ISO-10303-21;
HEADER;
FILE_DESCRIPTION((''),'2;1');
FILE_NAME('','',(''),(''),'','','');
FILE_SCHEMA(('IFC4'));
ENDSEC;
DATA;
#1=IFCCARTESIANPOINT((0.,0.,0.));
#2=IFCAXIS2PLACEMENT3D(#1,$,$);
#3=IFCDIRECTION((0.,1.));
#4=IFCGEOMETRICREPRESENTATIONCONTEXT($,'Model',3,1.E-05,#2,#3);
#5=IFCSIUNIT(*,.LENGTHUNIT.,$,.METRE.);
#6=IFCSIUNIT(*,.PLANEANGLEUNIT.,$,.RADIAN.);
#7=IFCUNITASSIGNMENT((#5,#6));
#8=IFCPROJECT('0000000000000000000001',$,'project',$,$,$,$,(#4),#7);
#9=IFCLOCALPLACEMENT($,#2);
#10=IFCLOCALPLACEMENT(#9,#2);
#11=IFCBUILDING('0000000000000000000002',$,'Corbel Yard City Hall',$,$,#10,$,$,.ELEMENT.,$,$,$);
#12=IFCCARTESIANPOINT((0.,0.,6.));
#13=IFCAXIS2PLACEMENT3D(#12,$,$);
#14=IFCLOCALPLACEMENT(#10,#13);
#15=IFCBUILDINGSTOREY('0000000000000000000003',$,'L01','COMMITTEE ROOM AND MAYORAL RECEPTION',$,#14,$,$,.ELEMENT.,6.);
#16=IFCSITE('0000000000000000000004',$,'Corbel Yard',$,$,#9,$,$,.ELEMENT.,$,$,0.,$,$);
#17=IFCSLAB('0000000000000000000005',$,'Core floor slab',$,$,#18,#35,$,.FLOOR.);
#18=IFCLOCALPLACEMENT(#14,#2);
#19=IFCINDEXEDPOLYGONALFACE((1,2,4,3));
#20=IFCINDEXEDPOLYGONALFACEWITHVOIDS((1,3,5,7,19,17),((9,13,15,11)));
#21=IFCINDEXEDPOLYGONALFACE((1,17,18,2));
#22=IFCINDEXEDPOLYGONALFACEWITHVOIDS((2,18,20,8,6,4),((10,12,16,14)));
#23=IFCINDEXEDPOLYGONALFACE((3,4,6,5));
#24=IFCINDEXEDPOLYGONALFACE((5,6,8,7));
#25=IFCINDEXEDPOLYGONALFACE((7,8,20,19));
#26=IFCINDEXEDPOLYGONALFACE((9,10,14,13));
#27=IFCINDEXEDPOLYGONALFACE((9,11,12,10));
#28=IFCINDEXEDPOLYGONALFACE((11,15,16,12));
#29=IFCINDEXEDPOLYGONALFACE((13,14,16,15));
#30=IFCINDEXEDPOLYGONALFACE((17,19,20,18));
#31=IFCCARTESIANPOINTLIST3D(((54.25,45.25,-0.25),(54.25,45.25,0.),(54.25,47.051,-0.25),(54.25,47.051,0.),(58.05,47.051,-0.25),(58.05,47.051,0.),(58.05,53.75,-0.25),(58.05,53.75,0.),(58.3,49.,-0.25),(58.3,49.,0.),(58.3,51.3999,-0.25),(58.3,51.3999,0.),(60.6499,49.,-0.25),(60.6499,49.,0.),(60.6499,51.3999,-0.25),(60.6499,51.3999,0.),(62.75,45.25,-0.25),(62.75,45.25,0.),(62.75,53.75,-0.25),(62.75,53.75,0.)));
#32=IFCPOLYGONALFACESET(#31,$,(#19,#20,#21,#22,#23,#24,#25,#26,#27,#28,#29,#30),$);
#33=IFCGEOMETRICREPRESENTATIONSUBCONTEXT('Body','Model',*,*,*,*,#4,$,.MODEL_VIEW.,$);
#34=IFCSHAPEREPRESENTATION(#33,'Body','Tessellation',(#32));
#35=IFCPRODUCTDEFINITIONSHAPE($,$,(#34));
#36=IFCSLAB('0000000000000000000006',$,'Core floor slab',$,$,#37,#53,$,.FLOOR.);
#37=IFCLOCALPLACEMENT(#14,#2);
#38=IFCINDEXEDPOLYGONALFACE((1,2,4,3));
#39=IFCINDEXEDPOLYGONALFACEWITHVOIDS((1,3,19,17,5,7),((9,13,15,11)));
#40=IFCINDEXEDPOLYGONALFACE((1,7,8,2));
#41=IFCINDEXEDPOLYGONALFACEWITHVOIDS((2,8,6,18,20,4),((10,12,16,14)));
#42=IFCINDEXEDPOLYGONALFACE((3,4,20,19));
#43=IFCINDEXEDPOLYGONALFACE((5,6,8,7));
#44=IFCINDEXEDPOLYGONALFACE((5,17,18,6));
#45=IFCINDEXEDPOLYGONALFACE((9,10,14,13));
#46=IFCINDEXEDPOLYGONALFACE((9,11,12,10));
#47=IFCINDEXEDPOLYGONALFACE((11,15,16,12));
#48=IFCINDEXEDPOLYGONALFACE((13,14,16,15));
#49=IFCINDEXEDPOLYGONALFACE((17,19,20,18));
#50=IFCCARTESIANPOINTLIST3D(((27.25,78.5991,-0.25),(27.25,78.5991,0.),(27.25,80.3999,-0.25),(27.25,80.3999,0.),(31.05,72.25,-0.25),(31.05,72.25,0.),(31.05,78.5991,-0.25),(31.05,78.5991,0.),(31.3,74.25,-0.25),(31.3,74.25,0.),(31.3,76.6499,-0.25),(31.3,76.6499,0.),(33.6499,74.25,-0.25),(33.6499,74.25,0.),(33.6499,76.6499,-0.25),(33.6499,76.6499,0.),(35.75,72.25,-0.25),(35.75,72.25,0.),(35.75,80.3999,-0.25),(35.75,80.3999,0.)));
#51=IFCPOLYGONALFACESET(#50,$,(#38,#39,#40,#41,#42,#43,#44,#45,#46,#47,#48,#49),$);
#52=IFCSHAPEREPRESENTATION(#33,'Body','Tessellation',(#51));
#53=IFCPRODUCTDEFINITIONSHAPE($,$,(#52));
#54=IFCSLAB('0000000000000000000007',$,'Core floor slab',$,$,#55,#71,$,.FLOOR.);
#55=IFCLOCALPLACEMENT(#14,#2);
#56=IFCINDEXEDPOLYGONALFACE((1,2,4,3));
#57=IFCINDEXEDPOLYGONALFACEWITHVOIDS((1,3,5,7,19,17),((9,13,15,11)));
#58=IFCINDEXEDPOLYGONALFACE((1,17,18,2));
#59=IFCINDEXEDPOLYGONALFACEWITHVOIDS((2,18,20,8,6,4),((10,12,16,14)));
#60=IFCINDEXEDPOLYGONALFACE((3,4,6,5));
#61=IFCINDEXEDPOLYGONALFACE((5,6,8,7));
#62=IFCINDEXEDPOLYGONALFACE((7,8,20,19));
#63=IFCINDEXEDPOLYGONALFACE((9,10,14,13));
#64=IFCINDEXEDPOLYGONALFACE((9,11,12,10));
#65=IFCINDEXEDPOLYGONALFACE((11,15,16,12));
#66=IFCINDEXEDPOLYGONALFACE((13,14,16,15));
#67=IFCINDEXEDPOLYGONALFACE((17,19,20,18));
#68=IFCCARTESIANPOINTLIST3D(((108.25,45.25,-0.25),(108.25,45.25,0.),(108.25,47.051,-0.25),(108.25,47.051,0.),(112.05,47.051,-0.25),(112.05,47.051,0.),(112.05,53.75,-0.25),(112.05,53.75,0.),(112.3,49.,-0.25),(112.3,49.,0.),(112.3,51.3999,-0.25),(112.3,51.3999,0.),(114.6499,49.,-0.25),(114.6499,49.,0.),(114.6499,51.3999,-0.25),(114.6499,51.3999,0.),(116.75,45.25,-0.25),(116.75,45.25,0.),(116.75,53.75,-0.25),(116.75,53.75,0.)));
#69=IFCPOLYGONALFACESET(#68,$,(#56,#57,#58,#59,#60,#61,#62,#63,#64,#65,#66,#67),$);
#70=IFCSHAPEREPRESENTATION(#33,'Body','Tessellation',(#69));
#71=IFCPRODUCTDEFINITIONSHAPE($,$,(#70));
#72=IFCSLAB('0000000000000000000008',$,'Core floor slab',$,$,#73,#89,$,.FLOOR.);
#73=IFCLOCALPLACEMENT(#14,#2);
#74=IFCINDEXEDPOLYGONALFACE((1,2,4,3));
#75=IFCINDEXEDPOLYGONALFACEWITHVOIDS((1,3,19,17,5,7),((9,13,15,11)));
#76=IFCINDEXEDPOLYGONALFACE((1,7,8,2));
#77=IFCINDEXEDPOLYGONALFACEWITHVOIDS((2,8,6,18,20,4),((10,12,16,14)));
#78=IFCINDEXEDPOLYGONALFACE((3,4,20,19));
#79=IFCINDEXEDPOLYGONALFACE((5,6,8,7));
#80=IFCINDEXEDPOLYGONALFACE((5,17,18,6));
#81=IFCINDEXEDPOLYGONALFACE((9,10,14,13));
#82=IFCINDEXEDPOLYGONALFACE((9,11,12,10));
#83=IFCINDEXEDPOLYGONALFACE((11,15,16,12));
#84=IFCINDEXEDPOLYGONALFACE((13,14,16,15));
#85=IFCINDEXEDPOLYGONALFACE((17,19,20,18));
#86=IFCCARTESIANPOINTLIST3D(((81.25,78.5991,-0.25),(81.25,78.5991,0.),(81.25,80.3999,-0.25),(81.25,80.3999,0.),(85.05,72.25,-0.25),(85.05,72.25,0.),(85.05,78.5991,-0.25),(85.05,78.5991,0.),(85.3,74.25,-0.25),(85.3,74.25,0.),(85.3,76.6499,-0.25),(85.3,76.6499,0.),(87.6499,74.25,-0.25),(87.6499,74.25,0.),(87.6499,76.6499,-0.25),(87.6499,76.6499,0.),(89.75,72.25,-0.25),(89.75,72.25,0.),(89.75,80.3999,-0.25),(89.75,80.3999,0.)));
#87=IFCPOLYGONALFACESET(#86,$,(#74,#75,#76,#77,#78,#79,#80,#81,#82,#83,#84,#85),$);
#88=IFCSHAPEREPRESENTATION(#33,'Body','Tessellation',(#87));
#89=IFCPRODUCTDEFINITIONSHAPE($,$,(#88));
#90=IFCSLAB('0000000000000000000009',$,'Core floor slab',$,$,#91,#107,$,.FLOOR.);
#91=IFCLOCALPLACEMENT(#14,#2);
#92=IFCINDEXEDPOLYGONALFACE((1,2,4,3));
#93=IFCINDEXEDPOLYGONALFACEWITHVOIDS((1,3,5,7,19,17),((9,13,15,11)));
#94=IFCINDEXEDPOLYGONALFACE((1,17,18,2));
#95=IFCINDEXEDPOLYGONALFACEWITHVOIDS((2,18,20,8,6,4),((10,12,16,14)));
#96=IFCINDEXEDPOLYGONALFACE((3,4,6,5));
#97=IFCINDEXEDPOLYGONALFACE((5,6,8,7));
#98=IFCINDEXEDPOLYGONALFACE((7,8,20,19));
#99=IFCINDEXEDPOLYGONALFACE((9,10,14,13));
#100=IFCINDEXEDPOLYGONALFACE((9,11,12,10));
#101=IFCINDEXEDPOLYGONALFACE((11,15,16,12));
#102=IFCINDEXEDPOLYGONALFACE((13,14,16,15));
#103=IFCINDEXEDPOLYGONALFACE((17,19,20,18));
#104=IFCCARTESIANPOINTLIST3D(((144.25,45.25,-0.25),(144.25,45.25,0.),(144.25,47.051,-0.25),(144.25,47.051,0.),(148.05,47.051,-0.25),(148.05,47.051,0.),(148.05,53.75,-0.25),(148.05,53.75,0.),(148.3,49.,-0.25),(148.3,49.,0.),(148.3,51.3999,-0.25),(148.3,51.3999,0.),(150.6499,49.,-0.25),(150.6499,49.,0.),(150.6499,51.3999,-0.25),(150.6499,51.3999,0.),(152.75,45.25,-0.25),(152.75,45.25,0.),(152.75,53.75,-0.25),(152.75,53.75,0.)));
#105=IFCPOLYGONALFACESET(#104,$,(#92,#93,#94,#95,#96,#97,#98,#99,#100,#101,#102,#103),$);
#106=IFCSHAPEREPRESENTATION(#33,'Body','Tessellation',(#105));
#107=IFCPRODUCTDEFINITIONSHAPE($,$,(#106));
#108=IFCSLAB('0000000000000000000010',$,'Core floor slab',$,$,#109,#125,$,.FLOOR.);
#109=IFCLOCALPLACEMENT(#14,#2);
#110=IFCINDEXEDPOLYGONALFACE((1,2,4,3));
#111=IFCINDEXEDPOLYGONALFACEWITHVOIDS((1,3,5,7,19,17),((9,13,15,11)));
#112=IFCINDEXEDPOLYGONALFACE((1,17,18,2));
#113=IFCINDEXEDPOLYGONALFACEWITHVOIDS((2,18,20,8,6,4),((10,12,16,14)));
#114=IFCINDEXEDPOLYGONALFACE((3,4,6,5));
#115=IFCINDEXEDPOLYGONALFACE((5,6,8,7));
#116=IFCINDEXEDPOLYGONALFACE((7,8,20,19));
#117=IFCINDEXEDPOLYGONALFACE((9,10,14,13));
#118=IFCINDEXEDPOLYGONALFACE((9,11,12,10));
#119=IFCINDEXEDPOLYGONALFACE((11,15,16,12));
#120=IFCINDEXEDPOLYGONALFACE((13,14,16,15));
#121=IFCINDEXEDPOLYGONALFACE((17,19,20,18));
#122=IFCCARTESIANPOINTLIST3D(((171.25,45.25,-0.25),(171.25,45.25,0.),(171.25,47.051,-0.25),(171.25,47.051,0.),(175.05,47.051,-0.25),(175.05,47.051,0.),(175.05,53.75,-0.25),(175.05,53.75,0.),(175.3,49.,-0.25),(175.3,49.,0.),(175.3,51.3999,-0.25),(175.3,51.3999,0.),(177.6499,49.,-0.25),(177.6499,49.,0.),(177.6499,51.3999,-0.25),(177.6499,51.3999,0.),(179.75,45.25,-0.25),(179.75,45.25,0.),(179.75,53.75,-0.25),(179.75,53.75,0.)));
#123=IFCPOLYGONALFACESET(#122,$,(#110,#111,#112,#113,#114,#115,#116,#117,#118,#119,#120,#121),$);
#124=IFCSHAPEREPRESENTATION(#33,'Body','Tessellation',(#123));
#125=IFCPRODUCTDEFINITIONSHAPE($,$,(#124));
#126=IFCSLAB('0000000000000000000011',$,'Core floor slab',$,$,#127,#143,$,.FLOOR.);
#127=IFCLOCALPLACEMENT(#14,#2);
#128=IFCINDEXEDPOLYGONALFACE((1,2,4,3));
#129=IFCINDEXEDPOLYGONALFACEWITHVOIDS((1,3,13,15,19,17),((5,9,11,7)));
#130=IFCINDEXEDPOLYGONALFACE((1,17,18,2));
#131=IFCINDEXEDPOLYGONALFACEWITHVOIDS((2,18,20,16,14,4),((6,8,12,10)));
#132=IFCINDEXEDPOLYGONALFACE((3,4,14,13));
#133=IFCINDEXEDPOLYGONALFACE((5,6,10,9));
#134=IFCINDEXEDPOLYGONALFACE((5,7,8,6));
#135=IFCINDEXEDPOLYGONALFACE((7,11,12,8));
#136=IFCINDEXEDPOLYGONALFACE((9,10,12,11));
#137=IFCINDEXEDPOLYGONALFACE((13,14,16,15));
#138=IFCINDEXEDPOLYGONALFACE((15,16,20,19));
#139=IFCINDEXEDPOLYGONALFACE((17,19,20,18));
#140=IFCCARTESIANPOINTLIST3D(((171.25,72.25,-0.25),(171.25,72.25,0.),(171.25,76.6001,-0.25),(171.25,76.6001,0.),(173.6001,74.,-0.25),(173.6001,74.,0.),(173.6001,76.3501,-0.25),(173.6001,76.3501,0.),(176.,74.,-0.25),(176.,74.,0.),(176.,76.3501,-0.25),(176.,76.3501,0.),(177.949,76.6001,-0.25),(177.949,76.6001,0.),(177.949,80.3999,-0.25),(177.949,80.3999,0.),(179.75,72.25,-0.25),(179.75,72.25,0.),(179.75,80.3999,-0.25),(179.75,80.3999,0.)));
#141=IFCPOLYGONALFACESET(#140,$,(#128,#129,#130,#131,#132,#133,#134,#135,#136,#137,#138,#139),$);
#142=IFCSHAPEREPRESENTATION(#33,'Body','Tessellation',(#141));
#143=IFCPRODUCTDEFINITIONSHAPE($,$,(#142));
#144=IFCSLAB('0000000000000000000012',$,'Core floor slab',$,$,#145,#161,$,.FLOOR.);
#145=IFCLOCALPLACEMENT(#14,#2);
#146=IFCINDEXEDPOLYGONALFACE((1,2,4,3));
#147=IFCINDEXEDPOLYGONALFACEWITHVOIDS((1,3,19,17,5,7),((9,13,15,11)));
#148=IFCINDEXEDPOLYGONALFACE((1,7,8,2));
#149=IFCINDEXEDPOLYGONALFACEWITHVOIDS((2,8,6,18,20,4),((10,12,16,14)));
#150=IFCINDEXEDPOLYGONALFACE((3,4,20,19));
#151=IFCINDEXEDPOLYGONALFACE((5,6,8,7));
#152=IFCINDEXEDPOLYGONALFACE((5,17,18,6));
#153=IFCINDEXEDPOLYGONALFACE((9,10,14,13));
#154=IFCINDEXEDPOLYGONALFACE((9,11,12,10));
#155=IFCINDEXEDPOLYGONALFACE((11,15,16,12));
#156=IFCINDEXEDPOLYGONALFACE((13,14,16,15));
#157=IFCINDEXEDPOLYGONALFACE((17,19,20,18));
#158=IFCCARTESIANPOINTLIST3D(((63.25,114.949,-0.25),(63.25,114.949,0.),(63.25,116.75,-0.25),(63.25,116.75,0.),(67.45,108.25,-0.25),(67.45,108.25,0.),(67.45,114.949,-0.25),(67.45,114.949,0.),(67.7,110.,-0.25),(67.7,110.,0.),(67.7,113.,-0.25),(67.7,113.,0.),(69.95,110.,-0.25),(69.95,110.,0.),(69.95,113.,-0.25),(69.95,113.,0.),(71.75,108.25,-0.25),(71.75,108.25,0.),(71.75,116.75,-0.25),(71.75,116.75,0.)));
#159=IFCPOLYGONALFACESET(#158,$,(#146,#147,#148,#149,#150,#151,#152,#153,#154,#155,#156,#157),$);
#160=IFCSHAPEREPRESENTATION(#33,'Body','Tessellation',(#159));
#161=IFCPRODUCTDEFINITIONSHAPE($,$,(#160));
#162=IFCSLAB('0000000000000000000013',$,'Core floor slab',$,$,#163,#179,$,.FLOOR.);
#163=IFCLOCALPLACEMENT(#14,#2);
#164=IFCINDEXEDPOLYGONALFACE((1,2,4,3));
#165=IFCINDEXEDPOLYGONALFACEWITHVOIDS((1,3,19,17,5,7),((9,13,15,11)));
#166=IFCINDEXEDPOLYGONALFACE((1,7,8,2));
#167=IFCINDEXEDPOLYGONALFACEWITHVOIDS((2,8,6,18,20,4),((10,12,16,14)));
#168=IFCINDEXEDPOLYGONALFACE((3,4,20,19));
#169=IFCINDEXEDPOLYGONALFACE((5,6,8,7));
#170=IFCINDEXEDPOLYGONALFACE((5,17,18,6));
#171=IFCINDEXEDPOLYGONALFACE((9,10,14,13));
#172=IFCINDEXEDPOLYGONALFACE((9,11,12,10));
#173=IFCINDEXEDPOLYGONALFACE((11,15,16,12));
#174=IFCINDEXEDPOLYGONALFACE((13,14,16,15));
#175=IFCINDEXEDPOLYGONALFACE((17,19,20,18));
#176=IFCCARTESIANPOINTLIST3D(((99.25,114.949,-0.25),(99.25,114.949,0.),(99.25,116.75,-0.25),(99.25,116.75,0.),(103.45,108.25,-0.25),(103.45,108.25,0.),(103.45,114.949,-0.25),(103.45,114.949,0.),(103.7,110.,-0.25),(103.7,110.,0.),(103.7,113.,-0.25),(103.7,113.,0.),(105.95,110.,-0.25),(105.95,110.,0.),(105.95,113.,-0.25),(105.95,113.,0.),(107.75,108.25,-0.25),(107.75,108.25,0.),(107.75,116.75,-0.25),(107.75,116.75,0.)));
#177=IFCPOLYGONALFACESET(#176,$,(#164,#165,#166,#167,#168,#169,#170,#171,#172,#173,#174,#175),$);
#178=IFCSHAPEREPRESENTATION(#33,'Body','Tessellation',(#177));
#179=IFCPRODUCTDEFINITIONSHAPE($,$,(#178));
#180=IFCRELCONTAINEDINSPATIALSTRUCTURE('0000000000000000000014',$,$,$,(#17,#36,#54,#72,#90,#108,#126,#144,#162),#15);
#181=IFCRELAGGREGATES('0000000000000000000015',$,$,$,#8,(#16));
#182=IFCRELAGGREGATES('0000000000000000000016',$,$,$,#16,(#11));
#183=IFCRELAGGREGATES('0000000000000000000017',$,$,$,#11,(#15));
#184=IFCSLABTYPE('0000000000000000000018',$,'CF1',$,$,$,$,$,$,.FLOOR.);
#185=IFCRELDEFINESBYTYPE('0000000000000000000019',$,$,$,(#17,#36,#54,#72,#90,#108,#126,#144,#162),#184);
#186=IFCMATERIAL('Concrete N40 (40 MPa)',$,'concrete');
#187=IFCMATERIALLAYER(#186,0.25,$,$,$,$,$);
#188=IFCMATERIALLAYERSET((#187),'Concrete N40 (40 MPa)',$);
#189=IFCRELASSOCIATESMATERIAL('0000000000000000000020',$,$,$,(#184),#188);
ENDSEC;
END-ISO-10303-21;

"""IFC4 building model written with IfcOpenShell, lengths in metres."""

from ifc_helpers import new_model, si_unit, direction, frame, origin, place, context, subcontext, project, spatial, polyline, outline, extrude, material, layer, layer_set, type_object, element, save


model = new_model("IFC4")

# Units and contexts
model_context = context("Model", 3, precision=1e-05, world=origin(), true_north=direction((0.0, 1.0)))
body_context = subcontext(model_context, "Body", "Model", "MODEL_VIEW")
ifc_project = project(units=[si_unit("LENGTHUNIT", "METRE"), si_unit("PLANEANGLEUNIT", "RADIAN")], contexts=[model_context])

# Site, building, storey
site_placement = place(None, origin())
site = spatial("IfcSite", under=ifc_project, at=site_placement, Name="Corbel Yard", CompositionType="ELEMENT", RefElevation=0.0)
building_placement = place(site_placement, origin())
building = spatial("IfcBuilding", under=site, at=building_placement, Name="Corbel Yard City Hall", CompositionType="ELEMENT")
storey_placement = place(building_placement, frame((0.0, 0.0, 6.0)))
storey = spatial("IfcBuildingStorey", under=building, at=storey_placement, Name="L01", Description="COMMITTEE ROOM AND MAYORAL RECEPTION", CompositionType="ELEMENT", Elevation=6.0)

# Slabs
ifc_material_1 = material(Name="Concrete N40 (40 MPa)", Category="concrete")
ifc_layer_1 = layer(ifc_material_1, 0.25)
ifc_layer_set_1 = layer_set([ifc_layer_1], Name="Concrete N40 (40 MPa)")
slab_type_1 = type_object("IfcSlabType", Name="CF1", PredefinedType="FLOOR", material=ifc_layer_set_1)
slab_1_placement = place(storey_placement, frame((0.0, 0.0, -0.25)))
element("IfcSlab", 1, at=slab_1_placement, inside=storey, type_object=slab_type_1, Name="Core floor slab", PredefinedType="FLOOR", context=body_context, shape_type="SweptSolid", body=[
    extrude(outline(polyline([(62.75, 53.75), (58.05, 53.75), (58.05, 47.051), (54.25, 47.051), (54.25, 45.25), (62.75, 45.25), (62.75, 53.75)]), holes=[polyline([(60.6499, 49.0), (60.6499, 51.3999), (58.3, 51.3999), (58.3, 49.0), (60.6499, 49.0)])]), origin(), (0.0, 0.0, 1.0), 0.25),
])
slab_2_placement = place(storey_placement, frame((0.0, 0.0, -0.25)))
element("IfcSlab", 2, at=slab_2_placement, inside=storey, type_object=slab_type_1, Name="Core floor slab", PredefinedType="FLOOR", context=body_context, shape_type="SweptSolid", body=[
    extrude(outline(polyline([(27.25, 80.3999), (27.25, 78.5991), (31.05, 78.5991), (31.05, 72.25), (35.75, 72.25), (35.75, 80.3999), (27.25, 80.3999)]), holes=[polyline([(33.6499, 74.25), (33.6499, 76.6499), (31.3, 76.6499), (31.3, 74.25), (33.6499, 74.25)])]), origin(), (0.0, 0.0, 1.0), 0.25),
])
slab_3_placement = place(storey_placement, frame((0.0, 0.0, -0.25)))
element("IfcSlab", 3, at=slab_3_placement, inside=storey, type_object=slab_type_1, Name="Core floor slab", PredefinedType="FLOOR", context=body_context, shape_type="SweptSolid", body=[
    extrude(outline(polyline([(116.75, 53.75), (112.05, 53.75), (112.05, 47.051), (108.25, 47.051), (108.25, 45.25), (116.75, 45.25), (116.75, 53.75)]), holes=[polyline([(114.6499, 49.0), (114.6499, 51.3999), (112.3, 51.3999), (112.3, 49.0), (114.6499, 49.0)])]), origin(), (0.0, 0.0, 1.0), 0.25),
])
slab_4_placement = place(storey_placement, frame((0.0, 0.0, -0.25)))
element("IfcSlab", 4, at=slab_4_placement, inside=storey, type_object=slab_type_1, Name="Core floor slab", PredefinedType="FLOOR", context=body_context, shape_type="SweptSolid", body=[
    extrude(outline(polyline([(81.25, 80.3999), (81.25, 78.5991), (85.05, 78.5991), (85.05, 72.25), (89.75, 72.25), (89.75, 80.3999), (81.25, 80.3999)]), holes=[polyline([(87.6499, 74.25), (87.6499, 76.6499), (85.3, 76.6499), (85.3, 74.25), (87.6499, 74.25)])]), origin(), (0.0, 0.0, 1.0), 0.25),
])
slab_5_placement = place(storey_placement, frame((0.0, 0.0, -0.25)))
element("IfcSlab", 5, at=slab_5_placement, inside=storey, type_object=slab_type_1, Name="Core floor slab", PredefinedType="FLOOR", context=body_context, shape_type="SweptSolid", body=[
    extrude(outline(polyline([(152.75, 53.75), (148.05, 53.75), (148.05, 47.051), (144.25, 47.051), (144.25, 45.25), (152.75, 45.25), (152.75, 53.75)]), holes=[polyline([(150.6499, 49.0), (150.6499, 51.3999), (148.3, 51.3999), (148.3, 49.0), (150.6499, 49.0)])]), origin(), (0.0, 0.0, 1.0), 0.25),
])
slab_6_placement = place(storey_placement, frame((0.0, 0.0, -0.25)))
element("IfcSlab", 6, at=slab_6_placement, inside=storey, type_object=slab_type_1, Name="Core floor slab", PredefinedType="FLOOR", context=body_context, shape_type="SweptSolid", body=[
    extrude(outline(polyline([(179.75, 53.75), (175.05, 53.75), (175.05, 47.051), (171.25, 47.051), (171.25, 45.25), (179.75, 45.25), (179.75, 53.75)]), holes=[polyline([(177.6499, 49.0), (177.6499, 51.3999), (175.3, 51.3999), (175.3, 49.0), (177.6499, 49.0)])]), origin(), (0.0, 0.0, 1.0), 0.25),
])
slab_7_placement = place(storey_placement, frame((0.0, 0.0, -0.25)))
element("IfcSlab", 7, at=slab_7_placement, inside=storey, type_object=slab_type_1, Name="Core floor slab", PredefinedType="FLOOR", context=body_context, shape_type="SweptSolid", body=[
    extrude(outline(polyline([(179.75, 80.3999), (177.949, 80.3999), (177.949, 76.6001), (171.25, 76.6001), (171.25, 72.25), (179.75, 72.25), (179.75, 80.3999)]), holes=[polyline([(176.0, 74.0), (176.0, 76.3501), (173.6001, 76.3501), (173.6001, 74.0), (176.0, 74.0)])]), origin(), (0.0, 0.0, 1.0), 0.25),
])
slab_8_placement = place(storey_placement, frame((0.0, 0.0, -0.25)))
element("IfcSlab", 8, at=slab_8_placement, inside=storey, type_object=slab_type_1, Name="Core floor slab", PredefinedType="FLOOR", context=body_context, shape_type="SweptSolid", body=[
    extrude(outline(polyline([(63.25, 116.75), (63.25, 114.949), (67.45, 114.949), (67.45, 108.25), (71.75, 108.25), (71.75, 116.75), (63.25, 116.75)]), holes=[polyline([(69.95, 110.0), (69.95, 113.0), (67.7, 113.0), (67.7, 110.0), (69.95, 110.0)])]), origin(), (0.0, 0.0, 1.0), 0.25),
])
slab_9_placement = place(storey_placement, frame((0.0, 0.0, -0.25)))
element("IfcSlab", 9, at=slab_9_placement, inside=storey, type_object=slab_type_1, Name="Core floor slab", PredefinedType="FLOOR", context=body_context, shape_type="SweptSolid", body=[
    extrude(outline(polyline([(99.25, 116.75), (99.25, 114.949), (103.45, 114.949), (103.45, 108.25), (107.75, 108.25), (107.75, 116.75), (99.25, 116.75)]), holes=[polyline([(105.95, 110.0), (105.95, 113.0), (103.7, 113.0), (103.7, 110.0), (105.95, 110.0)])]), origin(), (0.0, 0.0, 1.0), 0.25),
])

save(model, "model.ifc")
